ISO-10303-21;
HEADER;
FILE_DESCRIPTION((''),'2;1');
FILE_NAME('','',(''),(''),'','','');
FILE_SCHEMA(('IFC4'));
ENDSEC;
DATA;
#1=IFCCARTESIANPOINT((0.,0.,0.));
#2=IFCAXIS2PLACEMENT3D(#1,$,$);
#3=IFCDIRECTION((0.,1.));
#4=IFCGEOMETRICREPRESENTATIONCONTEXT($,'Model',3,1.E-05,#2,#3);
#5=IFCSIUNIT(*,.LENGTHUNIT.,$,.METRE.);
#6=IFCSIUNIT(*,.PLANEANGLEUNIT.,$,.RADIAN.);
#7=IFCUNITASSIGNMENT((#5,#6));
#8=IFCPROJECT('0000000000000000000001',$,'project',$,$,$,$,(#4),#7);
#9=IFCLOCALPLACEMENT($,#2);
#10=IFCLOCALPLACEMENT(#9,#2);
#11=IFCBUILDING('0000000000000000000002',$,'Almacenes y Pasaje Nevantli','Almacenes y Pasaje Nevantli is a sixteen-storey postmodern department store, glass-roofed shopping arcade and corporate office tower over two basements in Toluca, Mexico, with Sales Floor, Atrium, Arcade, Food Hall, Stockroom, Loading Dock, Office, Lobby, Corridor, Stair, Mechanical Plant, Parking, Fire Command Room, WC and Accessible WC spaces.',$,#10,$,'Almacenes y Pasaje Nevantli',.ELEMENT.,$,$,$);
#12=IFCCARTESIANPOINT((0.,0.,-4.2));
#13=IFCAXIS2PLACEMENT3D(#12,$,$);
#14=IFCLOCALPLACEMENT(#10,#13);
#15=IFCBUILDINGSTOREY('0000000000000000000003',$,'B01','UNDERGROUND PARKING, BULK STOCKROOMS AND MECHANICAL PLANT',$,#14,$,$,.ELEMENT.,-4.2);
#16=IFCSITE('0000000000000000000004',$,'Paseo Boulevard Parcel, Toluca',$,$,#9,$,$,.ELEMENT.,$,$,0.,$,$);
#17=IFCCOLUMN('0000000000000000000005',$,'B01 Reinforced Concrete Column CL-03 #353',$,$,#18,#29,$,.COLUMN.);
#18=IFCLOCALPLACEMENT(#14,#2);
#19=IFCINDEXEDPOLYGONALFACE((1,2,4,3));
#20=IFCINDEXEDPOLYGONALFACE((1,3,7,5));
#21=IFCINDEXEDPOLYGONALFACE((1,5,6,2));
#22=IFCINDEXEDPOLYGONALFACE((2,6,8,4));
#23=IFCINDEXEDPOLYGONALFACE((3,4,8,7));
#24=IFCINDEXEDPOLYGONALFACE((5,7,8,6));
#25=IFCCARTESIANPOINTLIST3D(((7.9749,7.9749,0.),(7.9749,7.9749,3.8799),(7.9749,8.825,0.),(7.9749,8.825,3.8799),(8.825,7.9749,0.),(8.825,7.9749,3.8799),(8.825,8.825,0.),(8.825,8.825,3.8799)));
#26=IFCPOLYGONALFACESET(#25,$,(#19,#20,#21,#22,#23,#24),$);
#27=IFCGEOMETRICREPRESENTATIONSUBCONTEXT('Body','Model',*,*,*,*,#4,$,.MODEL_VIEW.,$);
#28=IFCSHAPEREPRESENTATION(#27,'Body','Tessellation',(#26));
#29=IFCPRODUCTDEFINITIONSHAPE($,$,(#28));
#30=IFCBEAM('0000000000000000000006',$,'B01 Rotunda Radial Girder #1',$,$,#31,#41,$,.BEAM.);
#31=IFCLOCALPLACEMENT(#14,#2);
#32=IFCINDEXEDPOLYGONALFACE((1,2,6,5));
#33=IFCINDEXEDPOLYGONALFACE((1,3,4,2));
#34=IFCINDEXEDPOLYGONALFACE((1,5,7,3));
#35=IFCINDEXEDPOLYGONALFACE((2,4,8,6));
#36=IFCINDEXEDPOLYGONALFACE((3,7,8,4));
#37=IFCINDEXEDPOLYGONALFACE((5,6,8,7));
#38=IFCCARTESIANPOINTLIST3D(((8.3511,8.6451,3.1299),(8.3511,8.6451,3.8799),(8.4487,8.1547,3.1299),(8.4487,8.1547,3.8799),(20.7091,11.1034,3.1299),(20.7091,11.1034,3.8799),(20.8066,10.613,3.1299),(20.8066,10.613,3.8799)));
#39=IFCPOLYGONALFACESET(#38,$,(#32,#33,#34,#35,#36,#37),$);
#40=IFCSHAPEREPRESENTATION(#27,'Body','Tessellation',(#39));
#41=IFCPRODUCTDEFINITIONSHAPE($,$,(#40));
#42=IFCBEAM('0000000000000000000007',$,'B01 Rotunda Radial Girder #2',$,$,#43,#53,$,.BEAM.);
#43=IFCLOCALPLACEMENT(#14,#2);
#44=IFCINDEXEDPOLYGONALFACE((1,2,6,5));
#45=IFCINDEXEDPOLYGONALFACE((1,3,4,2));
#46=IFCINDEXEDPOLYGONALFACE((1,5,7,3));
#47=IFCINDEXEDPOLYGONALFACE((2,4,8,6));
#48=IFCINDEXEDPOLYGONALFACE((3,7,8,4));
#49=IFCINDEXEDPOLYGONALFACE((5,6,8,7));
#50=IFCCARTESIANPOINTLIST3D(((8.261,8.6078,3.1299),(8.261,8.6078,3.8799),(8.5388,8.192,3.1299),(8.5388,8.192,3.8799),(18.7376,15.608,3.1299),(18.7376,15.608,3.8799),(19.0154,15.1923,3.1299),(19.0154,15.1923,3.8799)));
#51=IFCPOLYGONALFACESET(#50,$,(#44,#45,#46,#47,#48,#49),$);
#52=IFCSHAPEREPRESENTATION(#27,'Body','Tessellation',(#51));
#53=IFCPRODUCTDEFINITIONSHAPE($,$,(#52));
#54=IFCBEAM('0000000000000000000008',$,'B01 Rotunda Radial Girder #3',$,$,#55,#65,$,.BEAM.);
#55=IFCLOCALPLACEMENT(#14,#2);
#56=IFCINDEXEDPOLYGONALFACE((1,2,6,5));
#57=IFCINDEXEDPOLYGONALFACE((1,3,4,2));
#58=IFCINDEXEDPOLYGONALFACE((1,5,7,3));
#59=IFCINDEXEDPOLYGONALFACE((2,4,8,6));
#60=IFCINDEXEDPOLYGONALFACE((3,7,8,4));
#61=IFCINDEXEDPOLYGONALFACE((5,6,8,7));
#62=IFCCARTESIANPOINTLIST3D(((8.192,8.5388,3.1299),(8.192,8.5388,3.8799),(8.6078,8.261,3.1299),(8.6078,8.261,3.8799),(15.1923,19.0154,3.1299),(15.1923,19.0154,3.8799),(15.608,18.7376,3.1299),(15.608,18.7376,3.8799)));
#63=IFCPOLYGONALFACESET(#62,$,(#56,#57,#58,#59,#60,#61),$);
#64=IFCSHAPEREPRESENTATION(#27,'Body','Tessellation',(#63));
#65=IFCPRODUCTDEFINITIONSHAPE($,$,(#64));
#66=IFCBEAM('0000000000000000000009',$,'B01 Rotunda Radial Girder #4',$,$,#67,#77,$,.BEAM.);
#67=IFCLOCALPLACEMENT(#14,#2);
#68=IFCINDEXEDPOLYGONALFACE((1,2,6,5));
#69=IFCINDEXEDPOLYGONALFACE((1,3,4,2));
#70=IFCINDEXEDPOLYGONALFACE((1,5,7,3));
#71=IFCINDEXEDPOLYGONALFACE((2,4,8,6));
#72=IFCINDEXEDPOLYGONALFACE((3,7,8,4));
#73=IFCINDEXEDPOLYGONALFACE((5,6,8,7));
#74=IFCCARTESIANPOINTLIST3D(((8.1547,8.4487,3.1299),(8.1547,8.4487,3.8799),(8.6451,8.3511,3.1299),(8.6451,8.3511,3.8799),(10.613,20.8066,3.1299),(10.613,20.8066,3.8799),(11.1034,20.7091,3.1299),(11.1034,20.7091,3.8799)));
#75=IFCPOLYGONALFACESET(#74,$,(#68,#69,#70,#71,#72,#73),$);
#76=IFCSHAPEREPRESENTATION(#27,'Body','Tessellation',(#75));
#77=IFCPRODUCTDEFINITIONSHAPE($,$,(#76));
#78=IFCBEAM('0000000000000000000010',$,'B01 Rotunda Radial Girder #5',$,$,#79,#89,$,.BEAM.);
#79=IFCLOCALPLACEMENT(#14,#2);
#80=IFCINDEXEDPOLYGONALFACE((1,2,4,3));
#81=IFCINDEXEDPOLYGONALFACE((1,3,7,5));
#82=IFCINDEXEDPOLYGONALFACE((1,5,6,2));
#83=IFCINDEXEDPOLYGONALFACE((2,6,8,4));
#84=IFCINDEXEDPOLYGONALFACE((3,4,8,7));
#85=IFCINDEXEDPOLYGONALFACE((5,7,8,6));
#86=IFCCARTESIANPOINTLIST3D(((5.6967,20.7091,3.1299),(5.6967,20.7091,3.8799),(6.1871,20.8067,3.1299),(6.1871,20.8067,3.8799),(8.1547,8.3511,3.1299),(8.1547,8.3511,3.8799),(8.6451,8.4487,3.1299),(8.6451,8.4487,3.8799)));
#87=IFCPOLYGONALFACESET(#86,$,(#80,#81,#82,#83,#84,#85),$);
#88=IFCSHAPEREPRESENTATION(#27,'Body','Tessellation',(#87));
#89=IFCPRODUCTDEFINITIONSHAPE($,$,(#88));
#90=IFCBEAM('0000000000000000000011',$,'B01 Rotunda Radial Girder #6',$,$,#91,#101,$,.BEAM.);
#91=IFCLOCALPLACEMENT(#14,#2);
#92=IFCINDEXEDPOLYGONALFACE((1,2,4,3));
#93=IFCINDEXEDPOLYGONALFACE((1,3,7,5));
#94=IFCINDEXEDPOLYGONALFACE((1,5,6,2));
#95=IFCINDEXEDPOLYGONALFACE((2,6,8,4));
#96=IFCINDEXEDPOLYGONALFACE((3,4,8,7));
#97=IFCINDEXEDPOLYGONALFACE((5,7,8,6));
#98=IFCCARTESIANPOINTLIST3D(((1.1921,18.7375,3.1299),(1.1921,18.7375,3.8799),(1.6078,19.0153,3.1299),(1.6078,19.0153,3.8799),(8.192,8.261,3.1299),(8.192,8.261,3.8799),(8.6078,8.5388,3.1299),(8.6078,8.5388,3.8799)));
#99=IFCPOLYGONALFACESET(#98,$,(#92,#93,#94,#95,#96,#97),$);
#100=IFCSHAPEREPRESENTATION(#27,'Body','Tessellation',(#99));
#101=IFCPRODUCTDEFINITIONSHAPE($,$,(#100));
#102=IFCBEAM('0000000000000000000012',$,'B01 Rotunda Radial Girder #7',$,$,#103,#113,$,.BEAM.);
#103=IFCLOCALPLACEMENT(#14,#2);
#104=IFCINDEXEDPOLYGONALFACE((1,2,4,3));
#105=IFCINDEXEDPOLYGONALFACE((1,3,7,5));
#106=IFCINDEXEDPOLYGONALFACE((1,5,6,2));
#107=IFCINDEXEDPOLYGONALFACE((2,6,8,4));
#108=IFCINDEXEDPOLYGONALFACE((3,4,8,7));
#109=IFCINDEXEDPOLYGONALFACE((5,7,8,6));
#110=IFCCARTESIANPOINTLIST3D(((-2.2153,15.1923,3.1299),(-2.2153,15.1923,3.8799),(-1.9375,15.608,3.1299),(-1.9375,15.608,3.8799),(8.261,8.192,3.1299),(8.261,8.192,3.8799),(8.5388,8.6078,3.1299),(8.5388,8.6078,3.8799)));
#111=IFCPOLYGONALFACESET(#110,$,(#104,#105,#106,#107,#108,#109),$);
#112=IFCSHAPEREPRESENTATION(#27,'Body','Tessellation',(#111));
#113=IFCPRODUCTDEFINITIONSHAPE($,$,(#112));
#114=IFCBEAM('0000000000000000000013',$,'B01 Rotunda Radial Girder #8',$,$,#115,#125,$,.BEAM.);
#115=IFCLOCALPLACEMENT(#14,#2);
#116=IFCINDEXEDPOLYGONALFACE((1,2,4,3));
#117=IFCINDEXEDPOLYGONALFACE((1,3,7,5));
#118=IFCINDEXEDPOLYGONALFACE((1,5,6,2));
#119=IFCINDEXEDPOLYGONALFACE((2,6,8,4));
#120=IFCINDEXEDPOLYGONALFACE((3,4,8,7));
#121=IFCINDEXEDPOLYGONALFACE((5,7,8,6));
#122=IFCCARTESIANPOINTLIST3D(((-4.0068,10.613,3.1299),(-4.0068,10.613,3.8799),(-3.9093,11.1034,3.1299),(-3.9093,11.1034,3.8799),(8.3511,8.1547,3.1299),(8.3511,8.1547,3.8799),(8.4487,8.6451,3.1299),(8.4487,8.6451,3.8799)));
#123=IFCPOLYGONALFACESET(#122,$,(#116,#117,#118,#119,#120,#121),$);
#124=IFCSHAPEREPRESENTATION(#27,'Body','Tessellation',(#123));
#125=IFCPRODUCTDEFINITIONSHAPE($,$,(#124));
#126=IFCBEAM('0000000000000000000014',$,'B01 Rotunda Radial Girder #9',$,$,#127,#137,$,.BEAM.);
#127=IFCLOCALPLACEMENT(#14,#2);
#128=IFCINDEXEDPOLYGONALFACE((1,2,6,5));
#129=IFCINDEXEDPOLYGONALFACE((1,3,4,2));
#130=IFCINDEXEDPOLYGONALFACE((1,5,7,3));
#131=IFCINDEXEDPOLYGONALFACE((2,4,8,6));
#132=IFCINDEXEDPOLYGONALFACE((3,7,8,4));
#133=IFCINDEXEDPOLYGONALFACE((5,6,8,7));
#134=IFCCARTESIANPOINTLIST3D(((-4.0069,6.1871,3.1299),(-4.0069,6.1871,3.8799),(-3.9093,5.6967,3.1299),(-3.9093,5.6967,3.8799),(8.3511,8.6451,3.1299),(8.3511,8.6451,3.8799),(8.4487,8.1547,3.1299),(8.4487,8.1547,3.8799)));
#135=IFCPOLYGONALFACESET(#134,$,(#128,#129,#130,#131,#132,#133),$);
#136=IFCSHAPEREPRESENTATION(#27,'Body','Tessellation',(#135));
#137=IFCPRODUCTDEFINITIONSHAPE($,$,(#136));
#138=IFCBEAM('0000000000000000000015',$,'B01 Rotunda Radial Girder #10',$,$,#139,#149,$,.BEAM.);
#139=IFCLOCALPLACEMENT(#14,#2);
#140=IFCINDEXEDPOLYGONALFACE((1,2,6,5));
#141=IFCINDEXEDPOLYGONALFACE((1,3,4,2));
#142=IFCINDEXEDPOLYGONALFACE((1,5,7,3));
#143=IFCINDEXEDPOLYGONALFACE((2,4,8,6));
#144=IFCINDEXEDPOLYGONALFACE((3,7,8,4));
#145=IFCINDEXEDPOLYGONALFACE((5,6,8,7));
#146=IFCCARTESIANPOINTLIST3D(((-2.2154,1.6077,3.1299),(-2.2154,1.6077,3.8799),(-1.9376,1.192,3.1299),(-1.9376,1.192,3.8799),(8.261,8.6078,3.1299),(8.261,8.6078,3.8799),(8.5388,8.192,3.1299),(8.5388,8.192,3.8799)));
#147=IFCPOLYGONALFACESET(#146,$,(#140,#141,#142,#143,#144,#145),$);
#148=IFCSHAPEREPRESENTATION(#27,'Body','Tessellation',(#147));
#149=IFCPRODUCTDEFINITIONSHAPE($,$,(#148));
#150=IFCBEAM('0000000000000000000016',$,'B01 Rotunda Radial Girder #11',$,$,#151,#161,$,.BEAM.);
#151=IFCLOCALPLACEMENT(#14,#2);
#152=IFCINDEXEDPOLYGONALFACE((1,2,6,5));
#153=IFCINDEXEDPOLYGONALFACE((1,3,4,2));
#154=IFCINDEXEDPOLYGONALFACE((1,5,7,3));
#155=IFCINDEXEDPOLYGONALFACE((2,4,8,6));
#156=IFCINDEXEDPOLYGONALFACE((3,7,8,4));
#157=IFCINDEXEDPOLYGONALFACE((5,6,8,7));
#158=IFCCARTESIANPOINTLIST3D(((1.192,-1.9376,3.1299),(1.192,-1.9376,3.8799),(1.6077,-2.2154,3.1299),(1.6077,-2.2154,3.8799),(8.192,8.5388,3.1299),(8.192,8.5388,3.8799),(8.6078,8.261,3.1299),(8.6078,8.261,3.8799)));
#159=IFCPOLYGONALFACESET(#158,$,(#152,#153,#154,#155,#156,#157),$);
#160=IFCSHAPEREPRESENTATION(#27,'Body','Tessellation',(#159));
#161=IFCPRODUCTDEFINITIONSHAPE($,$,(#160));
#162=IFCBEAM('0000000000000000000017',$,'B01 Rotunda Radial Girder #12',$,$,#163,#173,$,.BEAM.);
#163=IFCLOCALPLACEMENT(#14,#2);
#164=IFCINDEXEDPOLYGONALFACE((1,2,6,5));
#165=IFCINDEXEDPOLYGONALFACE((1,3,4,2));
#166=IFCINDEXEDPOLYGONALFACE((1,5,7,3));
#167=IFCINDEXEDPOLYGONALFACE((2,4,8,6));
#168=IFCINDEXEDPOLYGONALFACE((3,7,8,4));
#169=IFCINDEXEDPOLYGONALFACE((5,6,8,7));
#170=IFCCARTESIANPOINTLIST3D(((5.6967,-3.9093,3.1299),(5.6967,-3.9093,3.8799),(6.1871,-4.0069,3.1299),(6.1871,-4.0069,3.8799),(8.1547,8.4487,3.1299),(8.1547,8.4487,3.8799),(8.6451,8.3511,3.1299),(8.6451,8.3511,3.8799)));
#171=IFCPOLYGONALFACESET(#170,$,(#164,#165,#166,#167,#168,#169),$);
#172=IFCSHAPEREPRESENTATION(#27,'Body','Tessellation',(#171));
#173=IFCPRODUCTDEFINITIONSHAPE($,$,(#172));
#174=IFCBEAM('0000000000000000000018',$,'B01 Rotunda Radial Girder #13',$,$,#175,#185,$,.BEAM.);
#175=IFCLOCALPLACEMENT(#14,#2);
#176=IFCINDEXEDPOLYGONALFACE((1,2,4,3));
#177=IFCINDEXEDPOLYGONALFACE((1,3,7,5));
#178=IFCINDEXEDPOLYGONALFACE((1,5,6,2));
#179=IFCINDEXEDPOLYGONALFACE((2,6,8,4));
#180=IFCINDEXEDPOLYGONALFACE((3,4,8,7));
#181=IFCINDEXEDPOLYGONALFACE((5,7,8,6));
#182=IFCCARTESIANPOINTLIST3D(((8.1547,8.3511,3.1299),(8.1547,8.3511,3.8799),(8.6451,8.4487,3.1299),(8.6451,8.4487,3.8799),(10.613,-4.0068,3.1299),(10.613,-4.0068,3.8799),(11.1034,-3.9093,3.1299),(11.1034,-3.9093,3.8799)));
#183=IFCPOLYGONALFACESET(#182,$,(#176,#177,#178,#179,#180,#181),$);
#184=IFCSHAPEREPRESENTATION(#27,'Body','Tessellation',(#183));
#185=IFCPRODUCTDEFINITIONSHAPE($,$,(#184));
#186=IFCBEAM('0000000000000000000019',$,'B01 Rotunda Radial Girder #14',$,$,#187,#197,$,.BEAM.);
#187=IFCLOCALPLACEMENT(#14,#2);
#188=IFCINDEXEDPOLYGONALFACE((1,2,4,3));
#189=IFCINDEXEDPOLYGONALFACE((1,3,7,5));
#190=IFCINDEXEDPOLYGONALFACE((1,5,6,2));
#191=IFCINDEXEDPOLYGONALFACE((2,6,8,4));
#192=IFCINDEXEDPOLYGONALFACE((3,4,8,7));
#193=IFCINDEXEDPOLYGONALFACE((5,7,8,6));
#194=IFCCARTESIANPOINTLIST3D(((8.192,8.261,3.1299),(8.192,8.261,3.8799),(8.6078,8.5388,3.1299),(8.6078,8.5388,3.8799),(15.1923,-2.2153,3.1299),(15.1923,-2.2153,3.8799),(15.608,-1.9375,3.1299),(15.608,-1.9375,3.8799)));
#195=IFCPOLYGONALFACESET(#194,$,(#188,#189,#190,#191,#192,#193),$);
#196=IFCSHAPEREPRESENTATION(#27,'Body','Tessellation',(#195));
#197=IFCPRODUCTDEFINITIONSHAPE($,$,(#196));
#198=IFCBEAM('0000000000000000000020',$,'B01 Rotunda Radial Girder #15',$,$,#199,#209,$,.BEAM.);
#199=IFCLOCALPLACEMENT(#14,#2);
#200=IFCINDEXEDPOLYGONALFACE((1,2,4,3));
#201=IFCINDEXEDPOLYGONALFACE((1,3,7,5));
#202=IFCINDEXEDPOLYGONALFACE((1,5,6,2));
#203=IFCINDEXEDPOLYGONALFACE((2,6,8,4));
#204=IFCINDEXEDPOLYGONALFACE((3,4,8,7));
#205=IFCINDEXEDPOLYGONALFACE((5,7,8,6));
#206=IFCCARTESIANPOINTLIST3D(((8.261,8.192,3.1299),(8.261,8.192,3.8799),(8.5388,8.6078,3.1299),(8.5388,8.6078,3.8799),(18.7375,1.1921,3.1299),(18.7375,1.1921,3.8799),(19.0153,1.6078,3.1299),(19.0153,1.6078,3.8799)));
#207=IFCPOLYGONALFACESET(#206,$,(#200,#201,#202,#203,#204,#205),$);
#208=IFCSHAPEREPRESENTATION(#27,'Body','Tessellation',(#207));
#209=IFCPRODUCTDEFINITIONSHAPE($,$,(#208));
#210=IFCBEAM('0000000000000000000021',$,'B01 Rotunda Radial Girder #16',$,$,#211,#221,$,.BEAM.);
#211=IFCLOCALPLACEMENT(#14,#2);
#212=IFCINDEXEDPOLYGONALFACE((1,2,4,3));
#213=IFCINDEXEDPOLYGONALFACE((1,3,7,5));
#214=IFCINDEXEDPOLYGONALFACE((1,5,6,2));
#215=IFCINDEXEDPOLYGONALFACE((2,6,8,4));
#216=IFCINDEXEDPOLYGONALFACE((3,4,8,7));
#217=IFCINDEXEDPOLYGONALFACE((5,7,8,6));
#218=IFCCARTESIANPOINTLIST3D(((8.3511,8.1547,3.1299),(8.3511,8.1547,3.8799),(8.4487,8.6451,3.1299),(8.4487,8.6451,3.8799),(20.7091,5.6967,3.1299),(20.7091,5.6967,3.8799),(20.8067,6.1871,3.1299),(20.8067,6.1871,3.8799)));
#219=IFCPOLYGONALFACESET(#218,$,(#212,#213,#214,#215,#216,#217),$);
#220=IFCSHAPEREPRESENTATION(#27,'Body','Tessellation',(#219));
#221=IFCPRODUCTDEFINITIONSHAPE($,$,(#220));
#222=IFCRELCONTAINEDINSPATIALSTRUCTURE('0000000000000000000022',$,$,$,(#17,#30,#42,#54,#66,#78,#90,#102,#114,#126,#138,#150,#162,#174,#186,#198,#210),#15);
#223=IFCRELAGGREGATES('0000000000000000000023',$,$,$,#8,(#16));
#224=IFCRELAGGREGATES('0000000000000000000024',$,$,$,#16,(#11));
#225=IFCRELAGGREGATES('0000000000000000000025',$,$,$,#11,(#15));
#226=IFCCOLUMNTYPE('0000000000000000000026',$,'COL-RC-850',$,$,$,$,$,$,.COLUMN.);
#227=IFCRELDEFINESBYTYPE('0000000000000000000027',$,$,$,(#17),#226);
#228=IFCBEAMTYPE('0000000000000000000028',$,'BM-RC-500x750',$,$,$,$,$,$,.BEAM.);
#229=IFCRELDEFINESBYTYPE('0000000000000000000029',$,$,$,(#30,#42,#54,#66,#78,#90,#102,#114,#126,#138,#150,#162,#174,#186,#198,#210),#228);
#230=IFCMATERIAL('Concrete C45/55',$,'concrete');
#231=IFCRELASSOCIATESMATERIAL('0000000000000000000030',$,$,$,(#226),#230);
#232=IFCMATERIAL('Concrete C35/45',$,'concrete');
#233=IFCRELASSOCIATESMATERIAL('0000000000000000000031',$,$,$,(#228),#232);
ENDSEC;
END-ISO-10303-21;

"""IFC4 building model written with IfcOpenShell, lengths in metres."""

from ifc_helpers import new_model, si_unit, direction, frame, origin, origin_2d, place, context, subcontext, project, spatial, rectangle, extrude, material, material_profile, profile_set, type_object, element, save


model = new_model("IFC4")

# Units and contexts
model_context = context("Model", 3, precision=1e-05, world=origin(), true_north=direction((0.0, 1.0)))
body_context = subcontext(model_context, "Body", "Model", "MODEL_VIEW")
ifc_project = project(units=[si_unit("LENGTHUNIT", "METRE"), si_unit("PLANEANGLEUNIT", "RADIAN")], contexts=[model_context])

# Site, building, storey
site_placement = place(None, origin())
site = spatial("IfcSite", under=ifc_project, at=site_placement, Name="Paseo Boulevard Parcel, Toluca", CompositionType="ELEMENT", RefElevation=0.0)
building_placement = place(site_placement, origin())
building = spatial("IfcBuilding", under=site, at=building_placement, Name="Almacenes y Pasaje Nevantli", Description="Almacenes y Pasaje Nevantli is a sixteen-storey postmodern department store, glass-roofed shopping arcade and corporate office tower over two basements in Toluca, Mexico, with Sales Floor, Atrium, Arcade, Food Hall, Stockroom, Loading Dock, Office, Lobby, Corridor, Stair, Mechanical Plant, Parking, Fire Command Room, WC and Accessible WC spaces.", LongName="Almacenes y Pasaje Nevantli", CompositionType="ELEMENT")
storey_placement = place(building_placement, frame((0.0, 0.0, -4.2)))
storey = spatial("IfcBuildingStorey", under=building, at=storey_placement, Name="B01", Description="UNDERGROUND PARKING, BULK STOCKROOMS AND MECHANICAL PLANT", CompositionType="ELEMENT", Elevation=-4.2)

# Column
ifc_material_1 = material(Name="Concrete C45/55", Category="concrete")
ifc_material_profile_1 = material_profile(ifc_material_1, rectangle(XDim=0.8501, YDim=0.8501, at=origin_2d()), Name="RC-COL-850x850")
ifc_profile_set_1 = profile_set([ifc_material_profile_1], Name="Concrete C45/55")
column_type = type_object("IfcColumnType", Name="COL-RC-850", PredefinedType="COLUMN", material=ifc_profile_set_1)
column_placement = place(storey_placement, frame((8.3999, 8.3999, 0.0), z_axis=(0.0, 0.0, 1.0), x_axis=(1.0, 0.0, 0.0)))
element("IfcColumn", 1, at=column_placement, inside=storey, type_object=column_type, Name="B01 Reinforced Concrete Column CL-03 #353", PredefinedType="COLUMN", context=body_context, shape_type="SweptSolid", body=[
    extrude(rectangle(XDim=0.8501, YDim=0.8501, at=origin_2d()), origin(), (0.0, 0.0, 1.0), 3.8799),
])

# Beams
ifc_material_2 = material(Name="Concrete C35/45", Category="concrete")
ifc_material_profile_2 = material_profile(ifc_material_2, rectangle(XDim=0.5, YDim=0.75, at=origin_2d()), Name="RC-BM-500x750")
ifc_profile_set_2 = profile_set([ifc_material_profile_2], Name="Concrete C35/45")
beam_type_1 = type_object("IfcBeamType", Name="BM-RC-500x750", PredefinedType="BEAM", material=ifc_profile_set_2)
for number, where, z_axis, x_axis, name in (
    (2, (8.3999, 8.3999, 3.5049), (0.980784, 0.195099, 0.0), (-0.195099, 0.980784, 0.0), "B01 Rotunda Radial Girder #1"),
    (3, (8.3999, 8.3999, 3.5049), (0.831469, 0.555572, 0.0), (-0.555572, 0.831469, 0.0), "B01 Rotunda Radial Girder #2"),
    (4, (8.3999, 8.3999, 3.5049), (0.555572, 0.831469, 0.0), (-0.831469, 0.555572, 0.0), "B01 Rotunda Radial Girder #3"),
    (5, (8.3999, 8.3999, 3.5049), (0.195099, 0.980784, 0.0), (-0.980784, 0.195099, 0.0), "B01 Rotunda Radial Girder #4"),
    (6, (8.3999, 8.3999, 3.5049), (-0.19508, 0.980787, 0.0), (-0.980787, -0.19508, 0.0), "B01 Rotunda Radial Girder #5"),
):
    element("IfcBeam", number, at=place(storey_placement, frame(where, z_axis=z_axis, x_axis=x_axis)), inside=storey, type_object=beam_type_1, Name=name, PredefinedType="BEAM", context=body_context, shape_type="SweptSolid", body=[
        extrude(rectangle(XDim=0.5, YDim=0.75, at=origin_2d()), origin(), (0.0, 0.0, 1.0), 12.6001),
    ])
for number, where, z_axis, x_axis, name in (
    (7, (8.3999, 8.3999, 3.5049), (-0.555558, 0.831478, 0.0), (-0.831478, -0.555558, 0.0), "B01 Rotunda Radial Girder #6"),
    (8, (8.3999, 8.3999, 3.5049), (-0.831463, 0.555581, 0.0), (-0.555581, -0.831463, 0.0), "B01 Rotunda Radial Girder #7"),
):
    element("IfcBeam", number, at=place(storey_placement, frame(where, z_axis=z_axis, x_axis=x_axis)), inside=storey, type_object=beam_type_1, Name=name, PredefinedType="BEAM", context=body_context, shape_type="SweptSolid", body=[
        extrude(rectangle(XDim=0.5, YDim=0.75, at=origin_2d()), origin(), (0.0, 0.0, 1.0), 12.5999),
    ])
for number, where, z_axis, x_axis, name in (
    (9, (8.3999, 8.3999, 3.5049), (-0.980784, 0.195099, 0.0), (-0.195099, -0.980784, 0.0), "B01 Rotunda Radial Girder #8"),
    (10, (8.3999, 8.3999, 3.5049), (-0.980787, -0.19508, 0.0), (0.19508, -0.980787, 0.0), "B01 Rotunda Radial Girder #9"),
):
    element("IfcBeam", number, at=place(storey_placement, frame(where, z_axis=z_axis, x_axis=x_axis)), inside=storey, type_object=beam_type_1, Name=name, PredefinedType="BEAM", context=body_context, shape_type="SweptSolid", body=[
        extrude(rectangle(XDim=0.5, YDim=0.75, at=origin_2d()), origin(), (0.0, 0.0, 1.0), 12.6001),
    ])
for number, where, z_axis, x_axis, name in (
    (11, (8.3999, 8.3999, 3.5049), (-0.831472, -0.555567, 0.0), (0.555567, -0.831472, 0.0), "B01 Rotunda Radial Girder #10"),
    (12, (8.3999, 8.3999, 3.5049), (-0.555567, -0.831472, 0.0), (0.831472, -0.555567, 0.0), "B01 Rotunda Radial Girder #11"),
):
    element("IfcBeam", number, at=place(storey_placement, frame(where, z_axis=z_axis, x_axis=x_axis)), inside=storey, type_object=beam_type_1, Name=name, PredefinedType="BEAM", context=body_context, shape_type="SweptSolid", body=[
        extrude(rectangle(XDim=0.5, YDim=0.75, at=origin_2d()), origin(), (0.0, 0.0, 1.0), 12.5999),
    ])
for number, where, z_axis, x_axis, name in (
    (13, (8.3999, 8.3999, 3.5049), (-0.19508, -0.980787, 0.0), (0.980787, -0.19508, 0.0), "B01 Rotunda Radial Girder #12"),
    (14, (8.3999, 8.3999, 3.5049), (0.195099, -0.980784, 0.0), (0.980784, 0.195099, 0.0), "B01 Rotunda Radial Girder #13"),
):
    element("IfcBeam", number, at=place(storey_placement, frame(where, z_axis=z_axis, x_axis=x_axis)), inside=storey, type_object=beam_type_1, Name=name, PredefinedType="BEAM", context=body_context, shape_type="SweptSolid", body=[
        extrude(rectangle(XDim=0.5, YDim=0.75, at=origin_2d()), origin(), (0.0, 0.0, 1.0), 12.6001),
    ])
for number, where, z_axis, x_axis, name in (
    (15, (8.3999, 8.3999, 3.5049), (0.555581, -0.831463, 0.0), (0.831463, 0.555581, 0.0), "B01 Rotunda Radial Girder #14"),
    (16, (8.3999, 8.3999, 3.5049), (0.831478, -0.555558, 0.0), (0.555558, 0.831478, 0.0), "B01 Rotunda Radial Girder #15"),
):
    element("IfcBeam", number, at=place(storey_placement, frame(where, z_axis=z_axis, x_axis=x_axis)), inside=storey, type_object=beam_type_1, Name=name, PredefinedType="BEAM", context=body_context, shape_type="SweptSolid", body=[
        extrude(rectangle(XDim=0.5, YDim=0.75, at=origin_2d()), origin(), (0.0, 0.0, 1.0), 12.5999),
    ])
beam_placement = place(storey_placement, frame((8.3999, 8.3999, 3.5049), z_axis=(0.980787, -0.19508, 0.0), x_axis=(0.19508, 0.980787, 0.0)))
element("IfcBeam", 17, at=beam_placement, inside=storey, type_object=beam_type_1, Name="B01 Rotunda Radial Girder #16", PredefinedType="BEAM", context=body_context, shape_type="SweptSolid", body=[
    extrude(rectangle(XDim=0.5, YDim=0.75, at=origin_2d()), origin(), (0.0, 0.0, 1.0), 12.6001),
])

save(model, "model.ifc")
